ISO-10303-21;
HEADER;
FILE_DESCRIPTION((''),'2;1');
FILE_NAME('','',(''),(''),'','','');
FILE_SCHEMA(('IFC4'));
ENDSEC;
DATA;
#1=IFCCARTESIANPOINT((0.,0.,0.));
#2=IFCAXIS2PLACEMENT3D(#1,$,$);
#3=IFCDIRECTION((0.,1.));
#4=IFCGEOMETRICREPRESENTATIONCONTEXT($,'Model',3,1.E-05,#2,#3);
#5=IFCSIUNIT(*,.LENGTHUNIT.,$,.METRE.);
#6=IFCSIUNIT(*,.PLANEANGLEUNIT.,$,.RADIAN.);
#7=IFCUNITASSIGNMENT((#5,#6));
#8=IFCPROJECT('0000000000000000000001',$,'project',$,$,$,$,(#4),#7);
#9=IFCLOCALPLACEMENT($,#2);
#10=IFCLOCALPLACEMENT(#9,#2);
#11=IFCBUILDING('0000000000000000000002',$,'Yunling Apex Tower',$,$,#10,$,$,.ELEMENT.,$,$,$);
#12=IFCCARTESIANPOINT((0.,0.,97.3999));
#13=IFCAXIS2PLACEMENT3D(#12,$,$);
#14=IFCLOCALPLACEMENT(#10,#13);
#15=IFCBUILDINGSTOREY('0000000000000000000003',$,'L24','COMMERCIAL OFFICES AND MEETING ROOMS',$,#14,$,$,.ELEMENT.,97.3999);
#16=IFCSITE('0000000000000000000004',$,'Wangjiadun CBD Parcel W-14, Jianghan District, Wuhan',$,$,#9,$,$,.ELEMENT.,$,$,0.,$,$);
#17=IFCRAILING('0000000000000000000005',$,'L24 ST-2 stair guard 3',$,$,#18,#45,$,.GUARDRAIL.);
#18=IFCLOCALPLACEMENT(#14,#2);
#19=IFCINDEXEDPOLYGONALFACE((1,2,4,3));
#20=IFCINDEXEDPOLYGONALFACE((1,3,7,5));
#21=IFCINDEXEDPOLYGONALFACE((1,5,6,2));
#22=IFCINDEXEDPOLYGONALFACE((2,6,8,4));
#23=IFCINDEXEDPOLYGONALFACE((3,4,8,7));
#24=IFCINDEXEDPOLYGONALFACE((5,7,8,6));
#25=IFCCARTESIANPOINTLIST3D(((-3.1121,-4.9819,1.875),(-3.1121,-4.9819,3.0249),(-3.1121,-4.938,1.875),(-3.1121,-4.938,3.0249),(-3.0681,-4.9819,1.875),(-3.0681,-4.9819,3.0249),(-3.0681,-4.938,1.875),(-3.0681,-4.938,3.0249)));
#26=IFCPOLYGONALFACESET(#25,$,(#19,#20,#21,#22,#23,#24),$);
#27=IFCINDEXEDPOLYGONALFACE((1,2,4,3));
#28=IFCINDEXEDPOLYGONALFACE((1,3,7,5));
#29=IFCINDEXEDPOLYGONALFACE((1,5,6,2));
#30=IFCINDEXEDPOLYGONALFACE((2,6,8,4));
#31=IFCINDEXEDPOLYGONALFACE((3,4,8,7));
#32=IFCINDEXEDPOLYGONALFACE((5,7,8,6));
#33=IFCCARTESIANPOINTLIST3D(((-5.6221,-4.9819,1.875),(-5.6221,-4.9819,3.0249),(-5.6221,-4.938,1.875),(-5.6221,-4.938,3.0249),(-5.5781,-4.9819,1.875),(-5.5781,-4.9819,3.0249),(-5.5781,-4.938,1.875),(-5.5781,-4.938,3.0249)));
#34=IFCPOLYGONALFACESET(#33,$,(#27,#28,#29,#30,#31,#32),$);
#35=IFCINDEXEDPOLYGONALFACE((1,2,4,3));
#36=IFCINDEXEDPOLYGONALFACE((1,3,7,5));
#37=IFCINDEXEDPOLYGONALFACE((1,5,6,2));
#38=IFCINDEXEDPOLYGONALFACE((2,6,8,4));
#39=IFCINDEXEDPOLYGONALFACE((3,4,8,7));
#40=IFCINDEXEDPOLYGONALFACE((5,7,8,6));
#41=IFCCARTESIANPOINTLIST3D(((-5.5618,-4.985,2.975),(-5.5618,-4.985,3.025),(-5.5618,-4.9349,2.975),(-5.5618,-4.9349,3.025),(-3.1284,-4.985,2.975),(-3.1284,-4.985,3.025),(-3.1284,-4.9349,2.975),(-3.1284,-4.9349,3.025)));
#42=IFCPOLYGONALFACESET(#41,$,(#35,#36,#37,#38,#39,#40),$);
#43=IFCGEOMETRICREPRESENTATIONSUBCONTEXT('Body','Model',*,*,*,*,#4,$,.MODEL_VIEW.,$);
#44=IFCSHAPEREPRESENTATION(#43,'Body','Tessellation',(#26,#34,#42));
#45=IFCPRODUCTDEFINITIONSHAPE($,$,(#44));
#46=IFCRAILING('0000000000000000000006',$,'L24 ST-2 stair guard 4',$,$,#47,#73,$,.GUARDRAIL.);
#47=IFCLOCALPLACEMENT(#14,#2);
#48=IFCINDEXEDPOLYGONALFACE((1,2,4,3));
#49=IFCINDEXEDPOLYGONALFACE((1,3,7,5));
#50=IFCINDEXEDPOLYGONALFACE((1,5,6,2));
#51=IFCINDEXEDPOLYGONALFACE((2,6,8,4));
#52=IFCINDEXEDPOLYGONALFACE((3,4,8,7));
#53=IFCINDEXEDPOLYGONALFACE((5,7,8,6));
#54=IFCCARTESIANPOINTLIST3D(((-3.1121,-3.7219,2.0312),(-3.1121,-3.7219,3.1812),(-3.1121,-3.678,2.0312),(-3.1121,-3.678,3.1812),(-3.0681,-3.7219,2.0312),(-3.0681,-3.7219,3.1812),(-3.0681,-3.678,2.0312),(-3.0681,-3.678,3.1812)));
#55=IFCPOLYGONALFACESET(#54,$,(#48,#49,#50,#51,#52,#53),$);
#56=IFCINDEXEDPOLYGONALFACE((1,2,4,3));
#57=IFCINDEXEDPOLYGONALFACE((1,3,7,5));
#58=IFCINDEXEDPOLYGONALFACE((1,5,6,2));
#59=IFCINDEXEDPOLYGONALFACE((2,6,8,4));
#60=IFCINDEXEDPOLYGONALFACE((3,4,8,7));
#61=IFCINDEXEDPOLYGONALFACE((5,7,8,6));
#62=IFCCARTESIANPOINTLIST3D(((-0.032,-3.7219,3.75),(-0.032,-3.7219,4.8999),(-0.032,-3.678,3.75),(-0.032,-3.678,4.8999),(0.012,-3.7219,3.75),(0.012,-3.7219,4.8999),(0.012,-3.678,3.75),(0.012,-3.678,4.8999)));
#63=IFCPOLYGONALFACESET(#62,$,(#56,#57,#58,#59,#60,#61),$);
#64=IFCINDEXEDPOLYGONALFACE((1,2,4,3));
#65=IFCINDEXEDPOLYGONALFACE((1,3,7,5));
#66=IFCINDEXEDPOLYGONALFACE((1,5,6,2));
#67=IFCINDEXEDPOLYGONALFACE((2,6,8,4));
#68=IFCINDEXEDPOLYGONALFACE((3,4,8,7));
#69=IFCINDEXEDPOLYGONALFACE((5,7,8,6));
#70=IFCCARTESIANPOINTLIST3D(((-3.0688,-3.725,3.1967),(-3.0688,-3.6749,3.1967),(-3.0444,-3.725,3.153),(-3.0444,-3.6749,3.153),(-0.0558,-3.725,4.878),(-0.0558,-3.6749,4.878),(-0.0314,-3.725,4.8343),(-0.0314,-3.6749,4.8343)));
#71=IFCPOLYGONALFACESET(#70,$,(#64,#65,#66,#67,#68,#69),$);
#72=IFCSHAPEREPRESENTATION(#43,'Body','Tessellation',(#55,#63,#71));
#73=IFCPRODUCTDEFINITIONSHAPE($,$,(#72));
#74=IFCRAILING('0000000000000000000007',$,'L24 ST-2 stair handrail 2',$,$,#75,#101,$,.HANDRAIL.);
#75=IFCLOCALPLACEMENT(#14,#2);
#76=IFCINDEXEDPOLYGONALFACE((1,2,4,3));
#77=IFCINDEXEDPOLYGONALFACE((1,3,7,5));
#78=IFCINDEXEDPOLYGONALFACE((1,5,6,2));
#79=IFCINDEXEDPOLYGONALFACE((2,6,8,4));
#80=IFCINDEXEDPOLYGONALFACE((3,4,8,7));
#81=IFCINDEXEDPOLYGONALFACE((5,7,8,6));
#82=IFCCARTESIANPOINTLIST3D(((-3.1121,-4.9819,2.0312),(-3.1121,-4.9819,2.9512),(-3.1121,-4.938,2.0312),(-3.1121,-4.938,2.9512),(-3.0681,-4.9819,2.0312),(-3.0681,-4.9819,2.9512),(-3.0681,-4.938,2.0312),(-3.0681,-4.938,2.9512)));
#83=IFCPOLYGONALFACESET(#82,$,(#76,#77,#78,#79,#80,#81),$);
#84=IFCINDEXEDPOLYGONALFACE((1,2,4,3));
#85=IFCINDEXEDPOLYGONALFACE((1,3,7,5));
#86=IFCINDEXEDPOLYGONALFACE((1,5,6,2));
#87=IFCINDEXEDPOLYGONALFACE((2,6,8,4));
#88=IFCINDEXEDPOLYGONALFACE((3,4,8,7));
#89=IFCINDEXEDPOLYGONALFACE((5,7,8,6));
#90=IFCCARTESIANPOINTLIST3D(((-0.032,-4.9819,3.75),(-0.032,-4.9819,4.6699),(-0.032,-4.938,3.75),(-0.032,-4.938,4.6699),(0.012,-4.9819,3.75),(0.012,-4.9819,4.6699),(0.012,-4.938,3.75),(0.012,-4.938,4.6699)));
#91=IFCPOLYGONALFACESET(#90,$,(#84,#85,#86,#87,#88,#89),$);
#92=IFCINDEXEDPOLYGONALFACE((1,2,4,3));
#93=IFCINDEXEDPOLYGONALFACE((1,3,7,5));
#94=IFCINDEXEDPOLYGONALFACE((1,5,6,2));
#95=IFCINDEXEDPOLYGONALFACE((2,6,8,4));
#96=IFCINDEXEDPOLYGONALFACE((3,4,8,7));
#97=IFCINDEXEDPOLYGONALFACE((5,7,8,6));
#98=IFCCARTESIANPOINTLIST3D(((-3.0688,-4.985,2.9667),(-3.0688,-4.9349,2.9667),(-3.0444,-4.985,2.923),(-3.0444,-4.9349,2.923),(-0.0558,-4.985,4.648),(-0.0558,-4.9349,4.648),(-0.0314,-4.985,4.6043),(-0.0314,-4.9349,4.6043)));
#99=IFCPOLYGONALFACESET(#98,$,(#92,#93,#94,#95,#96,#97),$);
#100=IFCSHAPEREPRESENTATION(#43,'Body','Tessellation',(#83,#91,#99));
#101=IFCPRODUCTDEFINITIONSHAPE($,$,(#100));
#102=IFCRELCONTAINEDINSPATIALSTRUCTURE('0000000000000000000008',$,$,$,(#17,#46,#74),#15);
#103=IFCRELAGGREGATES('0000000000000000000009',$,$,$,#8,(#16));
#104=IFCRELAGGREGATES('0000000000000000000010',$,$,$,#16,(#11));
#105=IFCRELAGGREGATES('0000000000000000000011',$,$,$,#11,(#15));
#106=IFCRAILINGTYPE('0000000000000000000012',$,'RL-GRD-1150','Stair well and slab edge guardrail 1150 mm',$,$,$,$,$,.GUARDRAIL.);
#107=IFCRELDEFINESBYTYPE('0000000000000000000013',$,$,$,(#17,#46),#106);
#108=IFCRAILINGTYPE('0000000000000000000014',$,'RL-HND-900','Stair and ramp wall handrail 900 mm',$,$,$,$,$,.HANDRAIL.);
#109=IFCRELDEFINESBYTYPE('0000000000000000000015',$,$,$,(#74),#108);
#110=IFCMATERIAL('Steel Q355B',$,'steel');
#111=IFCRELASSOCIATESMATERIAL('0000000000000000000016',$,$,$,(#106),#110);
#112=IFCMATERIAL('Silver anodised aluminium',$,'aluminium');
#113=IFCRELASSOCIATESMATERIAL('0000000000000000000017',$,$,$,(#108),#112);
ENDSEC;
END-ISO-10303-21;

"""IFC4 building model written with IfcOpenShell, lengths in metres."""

from ifc_helpers import new_model, si_unit, direction, frame, origin, origin_2d, place, context, subcontext, project, spatial, rectangle, extrude, material, type_object, element, save


model = new_model("IFC4")

# Units and contexts
model_context = context("Model", 3, precision=1e-05, world=origin(), true_north=direction((0.0, 1.0)))
body_context = subcontext(model_context, "Body", "Model", "MODEL_VIEW")
ifc_project = project(units=[si_unit("LENGTHUNIT", "METRE"), si_unit("PLANEANGLEUNIT", "RADIAN")], contexts=[model_context])

# Site, building, storey
site_placement = place(None, origin())
site = spatial("IfcSite", under=ifc_project, at=site_placement, Name="Wangjiadun CBD Parcel W-14, Jianghan District, Wuhan", CompositionType="ELEMENT", RefElevation=0.0)
building_placement = place(site_placement, origin())
building = spatial("IfcBuilding", under=site, at=building_placement, Name="Yunling Apex Tower", CompositionType="ELEMENT")
storey_placement = place(building_placement, frame((0.0, 0.0, 97.3999)))
storey = spatial("IfcBuildingStorey", under=building, at=storey_placement, Name="L24", Description="COMMERCIAL OFFICES AND MEETING ROOMS", CompositionType="ELEMENT", Elevation=97.3999)

# Shared definitions
ifc_material_1 = material(Name="Steel Q355B", Category="steel")

# Shared definitions
ifc_material_2 = material(Name="Silver anodised aluminium", Category="aluminium")

# Railings
railing_type_1 = type_object("IfcRailingType", Name="RL-GRD-1150", Description="Stair well and slab edge guardrail 1150 mm", PredefinedType="GUARDRAIL", material=ifc_material_1)
railing_1_placement = place(storey_placement, frame((-3.0901, -4.96, 1.875)))
element("IfcRailing", 1, at=railing_1_placement, inside=storey, type_object=railing_type_1, Name="L24 ST-2 stair guard 3", PredefinedType="GUARDRAIL", context=body_context, shape_type="SweptSolid", body=[
    extrude(rectangle(XDim=0.0439, YDim=0.0439, at=origin_2d()), origin(), (0.0, 0.0, 1.0), 1.1499),
    extrude(rectangle(XDim=0.0439, YDim=0.0439, at=origin_2d()), frame((-2.51, 0.0, 0.0)), (0.0, 0.0, 1.0), 1.1499),
    extrude(rectangle(XDim=0.05, YDim=0.05, at=origin_2d()), frame((-0.0383, 0.0, 1.125), z_axis=(-1.0, 0.0, 0.0), x_axis=(0.0, -1.0, 0.0)), (0.0, 0.0, 1.0), 2.4333),
])
railing_2_placement = place(storey_placement, frame((-3.0901, -3.7, 2.0312)))
element("IfcRailing", 2, at=railing_2_placement, inside=storey, type_object=railing_type_1, Name="L24 ST-2 stair guard 4", PredefinedType="GUARDRAIL", context=body_context, shape_type="SweptSolid", body=[
    extrude(rectangle(XDim=0.0439, YDim=0.0439, at=origin_2d()), origin(), (0.0, 0.0, 1.0), 1.1499),
    extrude(rectangle(XDim=0.0439, YDim=0.0439, at=origin_2d()), frame((3.0801, 0.0, 1.7188)), (0.0, 0.0, 1.0), 1.1499),
    extrude(rectangle(XDim=0.05, YDim=0.05, at=origin_2d()), frame((0.0334, 0.0, 1.1436), z_axis=(0.873242, 0.0, 0.487288), x_axis=(0.0, 1.0, 0.0)), (0.0, 0.0, 1.0), 3.4504),
])
railing_type_2 = type_object("IfcRailingType", Name="RL-HND-900", Description="Stair and ramp wall handrail 900 mm", PredefinedType="HANDRAIL", material=ifc_material_2)
railing_3_placement = place(storey_placement, frame((-3.0901, -4.96, 2.0312)))
element("IfcRailing", 3, at=railing_3_placement, inside=storey, type_object=railing_type_2, Name="L24 ST-2 stair handrail 2", PredefinedType="HANDRAIL", context=body_context, shape_type="SweptSolid", body=[
    extrude(rectangle(XDim=0.0439, YDim=0.0439, at=origin_2d()), origin(), (0.0, 0.0, 1.0), 0.9199),
    extrude(rectangle(XDim=0.0439, YDim=0.0439, at=origin_2d()), frame((3.0801, 0.0, 1.7188)), (0.0, 0.0, 1.0), 0.9199),
    extrude(rectangle(XDim=0.05, YDim=0.05, at=origin_2d()), frame((0.0334, 0.0, 0.9136), z_axis=(0.873242, 0.0, 0.487288), x_axis=(0.0, 1.0, 0.0)), (0.0, 0.0, 1.0), 3.4504),
])

save(model, "model.ifc")
